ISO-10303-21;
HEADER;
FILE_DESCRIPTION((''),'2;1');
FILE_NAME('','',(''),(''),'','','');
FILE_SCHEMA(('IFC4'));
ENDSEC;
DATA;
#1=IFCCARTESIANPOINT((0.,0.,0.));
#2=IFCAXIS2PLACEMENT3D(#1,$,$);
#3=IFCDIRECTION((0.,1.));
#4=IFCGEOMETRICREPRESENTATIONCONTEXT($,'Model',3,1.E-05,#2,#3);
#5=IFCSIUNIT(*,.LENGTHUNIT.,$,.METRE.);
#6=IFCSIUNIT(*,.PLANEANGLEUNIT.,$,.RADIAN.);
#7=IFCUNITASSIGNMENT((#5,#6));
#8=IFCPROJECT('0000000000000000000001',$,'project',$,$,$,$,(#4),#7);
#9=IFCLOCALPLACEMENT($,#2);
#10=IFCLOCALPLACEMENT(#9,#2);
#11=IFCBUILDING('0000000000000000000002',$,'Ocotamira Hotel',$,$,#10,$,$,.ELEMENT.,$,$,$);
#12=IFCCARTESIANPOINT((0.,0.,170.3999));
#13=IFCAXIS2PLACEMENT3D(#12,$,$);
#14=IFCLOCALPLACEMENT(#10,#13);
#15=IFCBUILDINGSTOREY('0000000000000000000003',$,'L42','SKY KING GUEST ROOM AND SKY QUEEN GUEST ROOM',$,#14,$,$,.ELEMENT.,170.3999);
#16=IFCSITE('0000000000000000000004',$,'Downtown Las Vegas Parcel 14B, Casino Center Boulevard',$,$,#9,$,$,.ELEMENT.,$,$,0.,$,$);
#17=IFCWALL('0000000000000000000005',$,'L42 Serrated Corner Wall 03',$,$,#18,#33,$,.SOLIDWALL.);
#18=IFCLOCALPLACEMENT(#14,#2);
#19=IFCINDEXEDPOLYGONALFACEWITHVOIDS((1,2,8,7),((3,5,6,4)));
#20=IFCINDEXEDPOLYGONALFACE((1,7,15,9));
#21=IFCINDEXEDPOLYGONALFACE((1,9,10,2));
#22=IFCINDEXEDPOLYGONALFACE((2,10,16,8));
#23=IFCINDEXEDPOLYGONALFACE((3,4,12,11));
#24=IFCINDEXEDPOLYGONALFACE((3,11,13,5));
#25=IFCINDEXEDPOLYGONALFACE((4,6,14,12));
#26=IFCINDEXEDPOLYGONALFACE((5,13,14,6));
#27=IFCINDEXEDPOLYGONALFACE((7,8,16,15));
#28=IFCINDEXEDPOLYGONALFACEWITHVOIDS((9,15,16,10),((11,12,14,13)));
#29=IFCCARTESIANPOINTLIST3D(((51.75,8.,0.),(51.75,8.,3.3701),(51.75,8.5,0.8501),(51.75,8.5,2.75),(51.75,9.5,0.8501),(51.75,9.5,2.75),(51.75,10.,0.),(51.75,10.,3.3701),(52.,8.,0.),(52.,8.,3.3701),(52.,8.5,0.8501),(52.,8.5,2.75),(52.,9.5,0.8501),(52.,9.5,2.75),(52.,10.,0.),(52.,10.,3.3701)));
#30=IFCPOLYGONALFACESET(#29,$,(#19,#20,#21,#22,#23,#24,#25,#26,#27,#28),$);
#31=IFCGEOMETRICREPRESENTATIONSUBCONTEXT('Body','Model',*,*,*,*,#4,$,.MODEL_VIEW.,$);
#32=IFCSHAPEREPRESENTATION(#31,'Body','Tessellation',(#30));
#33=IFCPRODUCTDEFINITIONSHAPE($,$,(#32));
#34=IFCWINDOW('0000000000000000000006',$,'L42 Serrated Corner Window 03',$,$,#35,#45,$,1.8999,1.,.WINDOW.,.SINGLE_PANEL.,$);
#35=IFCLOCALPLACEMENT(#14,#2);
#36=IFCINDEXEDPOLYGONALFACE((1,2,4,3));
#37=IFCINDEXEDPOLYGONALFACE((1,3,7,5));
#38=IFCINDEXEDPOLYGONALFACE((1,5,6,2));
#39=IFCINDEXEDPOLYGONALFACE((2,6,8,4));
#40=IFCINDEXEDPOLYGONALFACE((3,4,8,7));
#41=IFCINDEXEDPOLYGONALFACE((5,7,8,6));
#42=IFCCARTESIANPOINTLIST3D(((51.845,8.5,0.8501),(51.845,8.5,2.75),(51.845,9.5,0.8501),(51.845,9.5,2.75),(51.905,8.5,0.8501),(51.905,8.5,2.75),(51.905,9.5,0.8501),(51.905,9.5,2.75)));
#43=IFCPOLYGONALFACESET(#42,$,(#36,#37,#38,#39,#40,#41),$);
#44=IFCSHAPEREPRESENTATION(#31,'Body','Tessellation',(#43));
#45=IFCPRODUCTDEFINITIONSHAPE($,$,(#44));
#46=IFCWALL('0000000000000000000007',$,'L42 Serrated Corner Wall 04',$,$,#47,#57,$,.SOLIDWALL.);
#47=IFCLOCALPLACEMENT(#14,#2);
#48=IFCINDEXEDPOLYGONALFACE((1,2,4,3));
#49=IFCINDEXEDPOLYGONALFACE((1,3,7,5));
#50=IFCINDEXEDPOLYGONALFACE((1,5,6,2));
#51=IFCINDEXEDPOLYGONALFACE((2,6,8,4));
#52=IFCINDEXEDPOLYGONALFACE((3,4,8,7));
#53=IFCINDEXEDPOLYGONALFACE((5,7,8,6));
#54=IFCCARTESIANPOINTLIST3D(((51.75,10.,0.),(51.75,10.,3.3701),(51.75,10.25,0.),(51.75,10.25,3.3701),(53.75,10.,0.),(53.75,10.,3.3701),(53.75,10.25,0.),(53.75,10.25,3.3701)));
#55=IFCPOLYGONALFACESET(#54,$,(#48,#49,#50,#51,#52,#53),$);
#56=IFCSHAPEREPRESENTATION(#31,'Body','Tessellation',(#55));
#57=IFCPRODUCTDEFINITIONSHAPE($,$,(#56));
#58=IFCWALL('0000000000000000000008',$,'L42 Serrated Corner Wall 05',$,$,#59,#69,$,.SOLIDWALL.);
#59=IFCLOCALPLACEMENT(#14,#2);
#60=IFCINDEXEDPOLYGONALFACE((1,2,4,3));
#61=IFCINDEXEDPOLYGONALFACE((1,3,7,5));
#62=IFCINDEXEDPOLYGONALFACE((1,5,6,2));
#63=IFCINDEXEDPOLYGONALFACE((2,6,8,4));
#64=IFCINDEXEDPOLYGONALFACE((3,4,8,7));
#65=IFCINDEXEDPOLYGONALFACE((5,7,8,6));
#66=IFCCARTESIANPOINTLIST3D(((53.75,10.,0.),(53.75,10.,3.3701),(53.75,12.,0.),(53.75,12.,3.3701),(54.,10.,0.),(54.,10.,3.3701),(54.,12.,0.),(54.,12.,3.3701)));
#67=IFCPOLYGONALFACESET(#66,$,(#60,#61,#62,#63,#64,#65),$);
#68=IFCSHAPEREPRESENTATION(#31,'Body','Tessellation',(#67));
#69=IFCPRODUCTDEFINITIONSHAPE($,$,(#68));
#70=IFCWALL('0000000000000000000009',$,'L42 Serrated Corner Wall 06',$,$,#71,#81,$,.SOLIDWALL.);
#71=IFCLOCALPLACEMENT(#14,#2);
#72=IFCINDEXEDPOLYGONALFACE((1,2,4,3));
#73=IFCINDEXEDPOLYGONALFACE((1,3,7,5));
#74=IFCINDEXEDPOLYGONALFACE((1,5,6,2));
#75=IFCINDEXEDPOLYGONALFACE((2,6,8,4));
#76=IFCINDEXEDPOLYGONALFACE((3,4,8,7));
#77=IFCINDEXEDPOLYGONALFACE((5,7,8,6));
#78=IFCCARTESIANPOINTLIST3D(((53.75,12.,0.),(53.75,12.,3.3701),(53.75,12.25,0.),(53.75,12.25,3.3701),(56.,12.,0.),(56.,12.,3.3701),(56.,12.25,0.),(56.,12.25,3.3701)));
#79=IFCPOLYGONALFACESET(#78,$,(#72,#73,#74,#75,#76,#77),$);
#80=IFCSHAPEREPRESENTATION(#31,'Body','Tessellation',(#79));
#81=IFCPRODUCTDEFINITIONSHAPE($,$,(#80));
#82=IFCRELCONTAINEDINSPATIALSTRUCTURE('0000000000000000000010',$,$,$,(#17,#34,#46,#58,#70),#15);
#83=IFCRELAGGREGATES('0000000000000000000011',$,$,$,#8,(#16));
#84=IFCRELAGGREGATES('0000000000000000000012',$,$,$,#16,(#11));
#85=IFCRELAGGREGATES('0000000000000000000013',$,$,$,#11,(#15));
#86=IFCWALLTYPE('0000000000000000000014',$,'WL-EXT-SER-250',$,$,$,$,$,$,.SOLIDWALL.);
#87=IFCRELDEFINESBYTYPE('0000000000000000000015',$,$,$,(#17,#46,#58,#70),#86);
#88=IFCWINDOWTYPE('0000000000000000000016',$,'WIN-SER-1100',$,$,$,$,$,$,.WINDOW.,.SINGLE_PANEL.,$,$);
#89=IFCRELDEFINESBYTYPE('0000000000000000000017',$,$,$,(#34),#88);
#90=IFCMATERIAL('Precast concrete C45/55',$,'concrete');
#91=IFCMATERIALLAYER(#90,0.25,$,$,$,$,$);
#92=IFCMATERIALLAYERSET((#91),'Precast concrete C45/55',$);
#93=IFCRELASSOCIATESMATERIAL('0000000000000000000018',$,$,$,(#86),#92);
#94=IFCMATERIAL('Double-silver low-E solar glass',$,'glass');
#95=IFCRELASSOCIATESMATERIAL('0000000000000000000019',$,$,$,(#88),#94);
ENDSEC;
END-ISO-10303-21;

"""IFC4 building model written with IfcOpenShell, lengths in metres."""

from ifc_helpers import new_model, si_unit, direction, frame, frame_2d, origin, place, context, subcontext, project, spatial, rectangle, extrude, source, transform, mapped, material, layer, layer_set, type_object, element, fill, save


model = new_model("IFC4")

# Units and contexts
model_context = context("Model", 3, precision=1e-05, world=origin(), true_north=direction((0.0, 1.0)))
body_context = subcontext(model_context, "Body", "Model", "MODEL_VIEW")
ifc_project = project(units=[si_unit("LENGTHUNIT", "METRE"), si_unit("PLANEANGLEUNIT", "RADIAN")], contexts=[model_context])

# Site, building, storey
site_placement = place(None, origin())
site = spatial("IfcSite", under=ifc_project, at=site_placement, Name="Downtown Las Vegas Parcel 14B, Casino Center Boulevard", CompositionType="ELEMENT", RefElevation=0.0)
building_placement = place(site_placement, origin())
building = spatial("IfcBuilding", under=site, at=building_placement, Name="Ocotamira Hotel", CompositionType="ELEMENT")
storey_placement = place(building_placement, frame((0.0, 0.0, 170.3999)))
storey = spatial("IfcBuildingStorey", under=building, at=storey_placement, Name="L42", Description="SKY KING GUEST ROOM AND SKY QUEEN GUEST ROOM", CompositionType="ELEMENT", Elevation=170.3999)

# Wall, opening, window
ifc_material_1 = material(Name="Precast concrete C45/55", Category="concrete")
ifc_layer_1 = layer(ifc_material_1, 0.25)
ifc_layer_set_1 = layer_set([ifc_layer_1], Name="Precast concrete C45/55")
wall_type_1 = type_object("IfcWallType", Name="WL-EXT-SER-250", PredefinedType="SOLIDWALL", material=ifc_layer_set_1)
wall_1_placement = place(storey_placement, frame((51.875, 8.0, 0.0), z_axis=(0.0, 0.0, 1.0), x_axis=(0.0, 1.0, 0.0)))
wall_1 = element("IfcWall", 1, at=wall_1_placement, inside=storey, type_object=wall_type_1, Name="L42 Serrated Corner Wall 03", PredefinedType="SOLIDWALL", context=body_context, shape_type="SweptSolid", body=[
    extrude(rectangle(XDim=2.0, YDim=0.25, at=frame_2d((1.0, 0.0))), origin(), (0.0, 0.0, 1.0), 3.3701),
])
opening_1_placement = place(wall_1_placement, frame((0.5, 0.0, 0.8501)))
opening_1 = element("IfcOpeningElement", 2, at=opening_1_placement, cuts=wall_1, PredefinedType="OPENING", context=body_context, shape_type="SweptSolid", body=[
    extrude(rectangle(XDim=1.0, YDim=1.8999, at=frame_2d((0.5, 0.95))), frame((0.0, 0.135, 0.0), z_axis=(0.0, -1.0, 0.0), x_axis=(1.0, 0.0, 0.0)), (0.0, 0.0, 1.0), 0.27),
])
ifc_material_2 = material(Name="Double-silver low-E solar glass", Category="glass")
window_type = type_object("IfcWindowType", Name="WIN-SER-1100", PartitioningType="SINGLE_PANEL", PredefinedType="WINDOW", material=ifc_material_2)
shared_shape_1 = source(origin(), body_context, "Body", "SweptSolid", [
    extrude(rectangle(XDim=1.0, YDim=1.8999, at=frame_2d((0.5, 0.95))), frame((0.0, 0.03, 0.0), z_axis=(0.0, -1.0, 0.0), x_axis=(1.0, 0.0, 0.0)), (0.0, 0.0, 1.0), 0.0601),
])
window_placement = place(opening_1_placement, origin())
window = element("IfcWindow", 3, at=window_placement, inside=storey, type_object=window_type, Name="L42 Serrated Corner Window 03", OverallHeight=1.8999, OverallWidth=1.0, PartitioningType="SINGLE_PANEL", PredefinedType="WINDOW", context=body_context, shape_type="MappedRepresentation", body=[
    mapped(shared_shape_1, transform((0.0, 0.0, 0.0), scale=1.0)),
])
fill(opening_1, window)

# Walls
for number, where, z_axis, x_axis, name in (
    (4, (51.75, 10.125, 0.0), (0.0, 0.0, 1.0), (1.0, 0.0, 0.0), "L42 Serrated Corner Wall 04"),
    (5, (53.875, 10.0, 0.0), (0.0, 0.0, 1.0), (0.0, 1.0, 0.0), "L42 Serrated Corner Wall 05"),
):
    element("IfcWall", number, at=place(storey_placement, frame(where, z_axis=z_axis, x_axis=x_axis)), inside=storey, type_object=wall_type_1, Name=name, PredefinedType="SOLIDWALL", context=body_context, shape_type="SweptSolid", body=[
        extrude(rectangle(XDim=2.0, YDim=0.25, at=frame_2d((1.0, 0.0))), origin(), (0.0, 0.0, 1.0), 3.3701),
    ])
wall_2_placement = place(storey_placement, frame((53.75, 12.125, 0.0), z_axis=(0.0, 0.0, 1.0), x_axis=(1.0, 0.0, 0.0)))
element("IfcWall", 6, at=wall_2_placement, inside=storey, type_object=wall_type_1, Name="L42 Serrated Corner Wall 06", PredefinedType="SOLIDWALL", context=body_context, shape_type="SweptSolid", body=[
    extrude(rectangle(XDim=2.25, YDim=0.25, at=frame_2d((1.125, 0.0))), origin(), (0.0, 0.0, 1.0), 3.3701),
])

save(model, "model.ifc")
